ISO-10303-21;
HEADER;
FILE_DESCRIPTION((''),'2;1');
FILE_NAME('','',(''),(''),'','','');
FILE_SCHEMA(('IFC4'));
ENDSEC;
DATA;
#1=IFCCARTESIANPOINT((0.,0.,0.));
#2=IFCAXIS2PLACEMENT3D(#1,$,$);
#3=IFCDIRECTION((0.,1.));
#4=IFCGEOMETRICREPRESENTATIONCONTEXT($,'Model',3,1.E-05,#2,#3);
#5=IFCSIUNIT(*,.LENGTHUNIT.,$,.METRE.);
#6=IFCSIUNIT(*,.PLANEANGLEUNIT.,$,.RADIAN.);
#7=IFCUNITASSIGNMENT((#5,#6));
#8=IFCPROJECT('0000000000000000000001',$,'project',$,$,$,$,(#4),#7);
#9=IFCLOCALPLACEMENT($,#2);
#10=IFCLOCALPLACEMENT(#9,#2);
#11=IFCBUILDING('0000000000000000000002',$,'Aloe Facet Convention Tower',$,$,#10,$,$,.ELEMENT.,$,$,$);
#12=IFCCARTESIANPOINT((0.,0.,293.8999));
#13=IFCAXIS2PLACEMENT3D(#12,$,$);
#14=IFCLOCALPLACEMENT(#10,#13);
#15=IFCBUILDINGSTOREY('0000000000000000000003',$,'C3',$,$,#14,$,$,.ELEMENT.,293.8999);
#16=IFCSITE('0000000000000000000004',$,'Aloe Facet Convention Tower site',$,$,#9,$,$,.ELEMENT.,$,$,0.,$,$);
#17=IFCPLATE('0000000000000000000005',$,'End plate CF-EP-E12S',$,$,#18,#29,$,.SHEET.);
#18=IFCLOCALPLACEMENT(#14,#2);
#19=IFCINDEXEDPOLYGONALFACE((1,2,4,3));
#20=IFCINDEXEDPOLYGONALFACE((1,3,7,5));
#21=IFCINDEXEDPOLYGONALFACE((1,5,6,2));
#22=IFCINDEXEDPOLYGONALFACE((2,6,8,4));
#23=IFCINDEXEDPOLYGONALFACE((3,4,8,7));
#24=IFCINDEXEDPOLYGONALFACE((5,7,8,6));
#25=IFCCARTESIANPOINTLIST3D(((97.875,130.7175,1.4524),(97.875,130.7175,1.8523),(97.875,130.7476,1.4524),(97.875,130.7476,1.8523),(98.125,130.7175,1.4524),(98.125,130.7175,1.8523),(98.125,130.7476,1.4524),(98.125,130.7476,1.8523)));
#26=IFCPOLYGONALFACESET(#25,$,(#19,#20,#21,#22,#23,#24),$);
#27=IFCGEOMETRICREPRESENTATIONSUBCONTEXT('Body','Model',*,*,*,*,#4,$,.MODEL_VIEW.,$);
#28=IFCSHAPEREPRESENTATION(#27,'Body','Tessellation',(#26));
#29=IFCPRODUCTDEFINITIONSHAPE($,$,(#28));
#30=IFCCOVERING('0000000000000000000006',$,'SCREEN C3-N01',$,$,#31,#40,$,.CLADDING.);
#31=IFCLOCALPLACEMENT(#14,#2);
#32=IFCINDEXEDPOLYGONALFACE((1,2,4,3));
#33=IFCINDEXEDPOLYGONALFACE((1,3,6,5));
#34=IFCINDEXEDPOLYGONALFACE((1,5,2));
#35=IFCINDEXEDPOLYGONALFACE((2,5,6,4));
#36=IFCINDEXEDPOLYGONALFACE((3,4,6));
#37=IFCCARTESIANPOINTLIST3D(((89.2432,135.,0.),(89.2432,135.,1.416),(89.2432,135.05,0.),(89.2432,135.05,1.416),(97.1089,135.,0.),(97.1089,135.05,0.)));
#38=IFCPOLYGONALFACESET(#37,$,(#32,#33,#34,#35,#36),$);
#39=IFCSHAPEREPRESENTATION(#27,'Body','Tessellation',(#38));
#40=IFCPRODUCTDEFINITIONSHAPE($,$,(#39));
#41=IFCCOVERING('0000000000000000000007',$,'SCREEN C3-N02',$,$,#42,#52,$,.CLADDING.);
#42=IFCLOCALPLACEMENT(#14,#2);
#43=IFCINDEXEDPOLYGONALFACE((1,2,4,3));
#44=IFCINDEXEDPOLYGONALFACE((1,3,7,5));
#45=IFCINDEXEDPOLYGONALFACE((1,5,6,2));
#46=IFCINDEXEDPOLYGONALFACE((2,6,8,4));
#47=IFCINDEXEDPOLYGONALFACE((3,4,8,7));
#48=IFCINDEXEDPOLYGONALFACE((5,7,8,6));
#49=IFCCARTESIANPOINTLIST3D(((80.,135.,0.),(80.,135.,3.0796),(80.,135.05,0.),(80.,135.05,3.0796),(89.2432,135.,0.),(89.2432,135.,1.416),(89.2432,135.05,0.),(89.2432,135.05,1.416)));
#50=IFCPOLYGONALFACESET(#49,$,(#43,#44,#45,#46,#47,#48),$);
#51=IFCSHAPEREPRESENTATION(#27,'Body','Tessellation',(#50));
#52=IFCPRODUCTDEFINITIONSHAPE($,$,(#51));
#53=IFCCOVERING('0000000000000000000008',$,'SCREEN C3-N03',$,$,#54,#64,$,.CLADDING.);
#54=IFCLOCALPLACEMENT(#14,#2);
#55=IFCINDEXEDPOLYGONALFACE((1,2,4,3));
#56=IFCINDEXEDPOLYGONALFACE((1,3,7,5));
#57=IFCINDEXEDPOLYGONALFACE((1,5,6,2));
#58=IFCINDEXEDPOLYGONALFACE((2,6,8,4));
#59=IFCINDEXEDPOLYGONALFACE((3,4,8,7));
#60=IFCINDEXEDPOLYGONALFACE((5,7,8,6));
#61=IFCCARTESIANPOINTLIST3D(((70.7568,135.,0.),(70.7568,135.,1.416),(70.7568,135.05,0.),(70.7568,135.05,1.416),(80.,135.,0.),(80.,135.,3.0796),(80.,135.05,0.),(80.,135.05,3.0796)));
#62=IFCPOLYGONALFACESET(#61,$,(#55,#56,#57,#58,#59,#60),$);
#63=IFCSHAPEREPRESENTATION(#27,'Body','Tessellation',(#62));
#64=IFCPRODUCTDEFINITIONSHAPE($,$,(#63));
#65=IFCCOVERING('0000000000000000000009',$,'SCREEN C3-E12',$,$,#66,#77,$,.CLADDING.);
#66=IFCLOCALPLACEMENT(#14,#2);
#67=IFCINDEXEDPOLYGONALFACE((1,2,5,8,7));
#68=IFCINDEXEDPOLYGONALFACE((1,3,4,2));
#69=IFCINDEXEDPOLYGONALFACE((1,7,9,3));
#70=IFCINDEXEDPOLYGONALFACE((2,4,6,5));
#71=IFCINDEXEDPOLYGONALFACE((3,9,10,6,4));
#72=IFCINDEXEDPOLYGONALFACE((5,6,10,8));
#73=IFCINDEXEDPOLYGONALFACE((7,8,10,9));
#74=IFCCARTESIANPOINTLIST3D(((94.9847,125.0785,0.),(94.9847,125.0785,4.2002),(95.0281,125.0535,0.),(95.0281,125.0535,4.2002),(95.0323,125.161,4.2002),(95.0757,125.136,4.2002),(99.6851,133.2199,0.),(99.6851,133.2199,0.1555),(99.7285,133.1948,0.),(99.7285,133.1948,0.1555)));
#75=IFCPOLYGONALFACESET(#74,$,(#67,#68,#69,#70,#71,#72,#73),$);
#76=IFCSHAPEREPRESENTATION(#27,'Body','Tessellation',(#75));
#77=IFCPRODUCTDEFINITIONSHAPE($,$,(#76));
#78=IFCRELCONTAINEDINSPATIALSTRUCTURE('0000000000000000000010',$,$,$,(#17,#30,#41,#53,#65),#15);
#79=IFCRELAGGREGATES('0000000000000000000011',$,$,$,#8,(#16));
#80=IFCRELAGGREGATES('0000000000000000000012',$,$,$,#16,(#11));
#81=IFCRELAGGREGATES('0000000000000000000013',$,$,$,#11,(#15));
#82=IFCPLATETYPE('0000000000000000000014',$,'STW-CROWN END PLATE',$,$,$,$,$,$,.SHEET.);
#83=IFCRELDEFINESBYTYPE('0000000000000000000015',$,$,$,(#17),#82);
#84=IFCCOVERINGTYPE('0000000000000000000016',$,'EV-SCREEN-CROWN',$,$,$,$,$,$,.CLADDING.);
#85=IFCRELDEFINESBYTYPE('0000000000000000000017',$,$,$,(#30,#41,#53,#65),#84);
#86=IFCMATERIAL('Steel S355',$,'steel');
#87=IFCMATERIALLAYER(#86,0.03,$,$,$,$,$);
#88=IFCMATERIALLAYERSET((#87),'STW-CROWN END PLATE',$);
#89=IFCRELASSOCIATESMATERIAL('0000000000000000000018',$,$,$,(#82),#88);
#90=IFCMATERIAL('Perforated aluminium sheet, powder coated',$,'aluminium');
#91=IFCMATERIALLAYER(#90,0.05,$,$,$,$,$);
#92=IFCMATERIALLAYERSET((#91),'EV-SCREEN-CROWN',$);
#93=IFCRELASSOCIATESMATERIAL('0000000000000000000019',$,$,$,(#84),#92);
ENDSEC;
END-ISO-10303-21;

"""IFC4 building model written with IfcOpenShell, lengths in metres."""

from ifc_helpers import new_model, si_unit, direction, frame, origin, place, context, subcontext, project, spatial, polyline, outline, extrude, material, layer, layer_set, type_object, element, save


model = new_model("IFC4")

# Units and contexts
model_context = context("Model", 3, precision=1e-05, world=origin(), true_north=direction((0.0, 1.0)))
body_context = subcontext(model_context, "Body", "Model", "MODEL_VIEW")
ifc_project = project(units=[si_unit("LENGTHUNIT", "METRE"), si_unit("PLANEANGLEUNIT", "RADIAN")], contexts=[model_context])

# Site, building, storey
site_placement = place(None, origin())
site = spatial("IfcSite", under=ifc_project, at=site_placement, Name="Aloe Facet Convention Tower site", CompositionType="ELEMENT", RefElevation=0.0)
building_placement = place(site_placement, origin())
building = spatial("IfcBuilding", under=site, at=building_placement, Name="Aloe Facet Convention Tower", CompositionType="ELEMENT")
storey_placement = place(building_placement, frame((0.0, 0.0, 293.8999)))
storey = spatial("IfcBuildingStorey", under=building, at=storey_placement, Name="C3", CompositionType="ELEMENT", Elevation=293.8999)

# Plate
ifc_material_1 = material(Name="Steel S355", Category="steel")
ifc_layer_1 = layer(ifc_material_1, 0.03)
ifc_layer_set_1 = layer_set([ifc_layer_1], Name="STW-CROWN END PLATE")
plate_type = type_object("IfcPlateType", Name="STW-CROWN END PLATE", PredefinedType="SHEET", material=ifc_layer_set_1)
plate_placement = place(storey_placement, frame((97.875, 130.7476, 1.8523), z_axis=(0.0, 1.0, 0.0), x_axis=(1.0, 0.0, 0.0)))
element("IfcPlate", 1, at=plate_placement, inside=storey, type_object=plate_type, Name="End plate CF-EP-E12S", PredefinedType="SHEET", context=body_context, shape_type="SweptSolid", body=[
    extrude(outline(polyline([(0.0, 0.0), (0.25, 0.0), (0.25, 0.3999), (0.0, 0.3999), (0.0, 0.0)])), origin(), (0.0, 0.0, -1.0), 0.03),
])

# Coverings
ifc_material_2 = material(Name="Perforated aluminium sheet, powder coated", Category="aluminium")
ifc_layer_2 = layer(ifc_material_2, 0.05)
ifc_layer_set_2 = layer_set([ifc_layer_2], Name="EV-SCREEN-CROWN")
covering_type = type_object("IfcCoveringType", Name="EV-SCREEN-CROWN", PredefinedType="CLADDING", material=ifc_layer_set_2)
covering_1_placement = place(storey_placement, frame((97.1089, 135.0, 0.0), z_axis=(0.0, -1.0, 0.0), x_axis=(-0.984179, 0.0, 0.177175)))
element("IfcCovering", 2, at=covering_1_placement, inside=storey, type_object=covering_type, Name="SCREEN C3-N01", PredefinedType="CLADDING", context=body_context, shape_type="SweptSolid", body=[
    extrude(outline(polyline([(0.0, 0.0), (7.9922, 0.0), (7.7413, 1.3936), (0.0, 0.0)])), origin(), (0.0, 0.0, -1.0), 0.05),
])
covering_2_placement = place(storey_placement, frame((89.2432, 135.0, 0.0), z_axis=(0.0, -1.0, 0.0), x_axis=(0.0, 0.0, 1.0)))
element("IfcCovering", 3, at=covering_2_placement, inside=storey, type_object=covering_type, Name="SCREEN C3-N02", PredefinedType="CLADDING", context=body_context, shape_type="SweptSolid", body=[
    extrude(outline(polyline([(0.0, 0.0), (1.416, 0.0), (3.0796, 9.2432), (0.0, 9.2432), (0.0, 0.0)])), origin(), (0.0, 0.0, -1.0), 0.05),
])
covering_3_placement = place(storey_placement, frame((80.0, 135.0, 0.0), z_axis=(0.0, -1.0, 0.0), x_axis=(0.0, 0.0, 1.0)))
element("IfcCovering", 4, at=covering_3_placement, inside=storey, type_object=covering_type, Name="SCREEN C3-N03", PredefinedType="CLADDING", context=body_context, shape_type="SweptSolid", body=[
    extrude(outline(polyline([(0.0, 0.0), (3.0796, 0.0), (1.416, 9.2432), (0.0, 9.2432), (0.0, 0.0)])), origin(), (0.0, 0.0, -1.0), 0.05),
])
covering_4_placement = place(storey_placement, frame((95.0281, 125.0535, 0.0), z_axis=(0.866026, -0.499999, 0.000007), x_axis=(-0.000006, 0.000003, 1.0)))
element("IfcCovering", 5, at=covering_4_placement, inside=storey, type_object=covering_type, Name="SCREEN C3-E12", PredefinedType="CLADDING", context=body_context, shape_type="SweptSolid", body=[
    extrude(outline(polyline([(0.0, 0.0), (4.2002, 0.0), (4.2002, -0.0953), (0.1555, -9.4008), (0.0, -9.4008), (0.0, 0.0)])), origin(), (0.0, 0.0, -1.0), 0.05),
])

save(model, "model.ifc")
